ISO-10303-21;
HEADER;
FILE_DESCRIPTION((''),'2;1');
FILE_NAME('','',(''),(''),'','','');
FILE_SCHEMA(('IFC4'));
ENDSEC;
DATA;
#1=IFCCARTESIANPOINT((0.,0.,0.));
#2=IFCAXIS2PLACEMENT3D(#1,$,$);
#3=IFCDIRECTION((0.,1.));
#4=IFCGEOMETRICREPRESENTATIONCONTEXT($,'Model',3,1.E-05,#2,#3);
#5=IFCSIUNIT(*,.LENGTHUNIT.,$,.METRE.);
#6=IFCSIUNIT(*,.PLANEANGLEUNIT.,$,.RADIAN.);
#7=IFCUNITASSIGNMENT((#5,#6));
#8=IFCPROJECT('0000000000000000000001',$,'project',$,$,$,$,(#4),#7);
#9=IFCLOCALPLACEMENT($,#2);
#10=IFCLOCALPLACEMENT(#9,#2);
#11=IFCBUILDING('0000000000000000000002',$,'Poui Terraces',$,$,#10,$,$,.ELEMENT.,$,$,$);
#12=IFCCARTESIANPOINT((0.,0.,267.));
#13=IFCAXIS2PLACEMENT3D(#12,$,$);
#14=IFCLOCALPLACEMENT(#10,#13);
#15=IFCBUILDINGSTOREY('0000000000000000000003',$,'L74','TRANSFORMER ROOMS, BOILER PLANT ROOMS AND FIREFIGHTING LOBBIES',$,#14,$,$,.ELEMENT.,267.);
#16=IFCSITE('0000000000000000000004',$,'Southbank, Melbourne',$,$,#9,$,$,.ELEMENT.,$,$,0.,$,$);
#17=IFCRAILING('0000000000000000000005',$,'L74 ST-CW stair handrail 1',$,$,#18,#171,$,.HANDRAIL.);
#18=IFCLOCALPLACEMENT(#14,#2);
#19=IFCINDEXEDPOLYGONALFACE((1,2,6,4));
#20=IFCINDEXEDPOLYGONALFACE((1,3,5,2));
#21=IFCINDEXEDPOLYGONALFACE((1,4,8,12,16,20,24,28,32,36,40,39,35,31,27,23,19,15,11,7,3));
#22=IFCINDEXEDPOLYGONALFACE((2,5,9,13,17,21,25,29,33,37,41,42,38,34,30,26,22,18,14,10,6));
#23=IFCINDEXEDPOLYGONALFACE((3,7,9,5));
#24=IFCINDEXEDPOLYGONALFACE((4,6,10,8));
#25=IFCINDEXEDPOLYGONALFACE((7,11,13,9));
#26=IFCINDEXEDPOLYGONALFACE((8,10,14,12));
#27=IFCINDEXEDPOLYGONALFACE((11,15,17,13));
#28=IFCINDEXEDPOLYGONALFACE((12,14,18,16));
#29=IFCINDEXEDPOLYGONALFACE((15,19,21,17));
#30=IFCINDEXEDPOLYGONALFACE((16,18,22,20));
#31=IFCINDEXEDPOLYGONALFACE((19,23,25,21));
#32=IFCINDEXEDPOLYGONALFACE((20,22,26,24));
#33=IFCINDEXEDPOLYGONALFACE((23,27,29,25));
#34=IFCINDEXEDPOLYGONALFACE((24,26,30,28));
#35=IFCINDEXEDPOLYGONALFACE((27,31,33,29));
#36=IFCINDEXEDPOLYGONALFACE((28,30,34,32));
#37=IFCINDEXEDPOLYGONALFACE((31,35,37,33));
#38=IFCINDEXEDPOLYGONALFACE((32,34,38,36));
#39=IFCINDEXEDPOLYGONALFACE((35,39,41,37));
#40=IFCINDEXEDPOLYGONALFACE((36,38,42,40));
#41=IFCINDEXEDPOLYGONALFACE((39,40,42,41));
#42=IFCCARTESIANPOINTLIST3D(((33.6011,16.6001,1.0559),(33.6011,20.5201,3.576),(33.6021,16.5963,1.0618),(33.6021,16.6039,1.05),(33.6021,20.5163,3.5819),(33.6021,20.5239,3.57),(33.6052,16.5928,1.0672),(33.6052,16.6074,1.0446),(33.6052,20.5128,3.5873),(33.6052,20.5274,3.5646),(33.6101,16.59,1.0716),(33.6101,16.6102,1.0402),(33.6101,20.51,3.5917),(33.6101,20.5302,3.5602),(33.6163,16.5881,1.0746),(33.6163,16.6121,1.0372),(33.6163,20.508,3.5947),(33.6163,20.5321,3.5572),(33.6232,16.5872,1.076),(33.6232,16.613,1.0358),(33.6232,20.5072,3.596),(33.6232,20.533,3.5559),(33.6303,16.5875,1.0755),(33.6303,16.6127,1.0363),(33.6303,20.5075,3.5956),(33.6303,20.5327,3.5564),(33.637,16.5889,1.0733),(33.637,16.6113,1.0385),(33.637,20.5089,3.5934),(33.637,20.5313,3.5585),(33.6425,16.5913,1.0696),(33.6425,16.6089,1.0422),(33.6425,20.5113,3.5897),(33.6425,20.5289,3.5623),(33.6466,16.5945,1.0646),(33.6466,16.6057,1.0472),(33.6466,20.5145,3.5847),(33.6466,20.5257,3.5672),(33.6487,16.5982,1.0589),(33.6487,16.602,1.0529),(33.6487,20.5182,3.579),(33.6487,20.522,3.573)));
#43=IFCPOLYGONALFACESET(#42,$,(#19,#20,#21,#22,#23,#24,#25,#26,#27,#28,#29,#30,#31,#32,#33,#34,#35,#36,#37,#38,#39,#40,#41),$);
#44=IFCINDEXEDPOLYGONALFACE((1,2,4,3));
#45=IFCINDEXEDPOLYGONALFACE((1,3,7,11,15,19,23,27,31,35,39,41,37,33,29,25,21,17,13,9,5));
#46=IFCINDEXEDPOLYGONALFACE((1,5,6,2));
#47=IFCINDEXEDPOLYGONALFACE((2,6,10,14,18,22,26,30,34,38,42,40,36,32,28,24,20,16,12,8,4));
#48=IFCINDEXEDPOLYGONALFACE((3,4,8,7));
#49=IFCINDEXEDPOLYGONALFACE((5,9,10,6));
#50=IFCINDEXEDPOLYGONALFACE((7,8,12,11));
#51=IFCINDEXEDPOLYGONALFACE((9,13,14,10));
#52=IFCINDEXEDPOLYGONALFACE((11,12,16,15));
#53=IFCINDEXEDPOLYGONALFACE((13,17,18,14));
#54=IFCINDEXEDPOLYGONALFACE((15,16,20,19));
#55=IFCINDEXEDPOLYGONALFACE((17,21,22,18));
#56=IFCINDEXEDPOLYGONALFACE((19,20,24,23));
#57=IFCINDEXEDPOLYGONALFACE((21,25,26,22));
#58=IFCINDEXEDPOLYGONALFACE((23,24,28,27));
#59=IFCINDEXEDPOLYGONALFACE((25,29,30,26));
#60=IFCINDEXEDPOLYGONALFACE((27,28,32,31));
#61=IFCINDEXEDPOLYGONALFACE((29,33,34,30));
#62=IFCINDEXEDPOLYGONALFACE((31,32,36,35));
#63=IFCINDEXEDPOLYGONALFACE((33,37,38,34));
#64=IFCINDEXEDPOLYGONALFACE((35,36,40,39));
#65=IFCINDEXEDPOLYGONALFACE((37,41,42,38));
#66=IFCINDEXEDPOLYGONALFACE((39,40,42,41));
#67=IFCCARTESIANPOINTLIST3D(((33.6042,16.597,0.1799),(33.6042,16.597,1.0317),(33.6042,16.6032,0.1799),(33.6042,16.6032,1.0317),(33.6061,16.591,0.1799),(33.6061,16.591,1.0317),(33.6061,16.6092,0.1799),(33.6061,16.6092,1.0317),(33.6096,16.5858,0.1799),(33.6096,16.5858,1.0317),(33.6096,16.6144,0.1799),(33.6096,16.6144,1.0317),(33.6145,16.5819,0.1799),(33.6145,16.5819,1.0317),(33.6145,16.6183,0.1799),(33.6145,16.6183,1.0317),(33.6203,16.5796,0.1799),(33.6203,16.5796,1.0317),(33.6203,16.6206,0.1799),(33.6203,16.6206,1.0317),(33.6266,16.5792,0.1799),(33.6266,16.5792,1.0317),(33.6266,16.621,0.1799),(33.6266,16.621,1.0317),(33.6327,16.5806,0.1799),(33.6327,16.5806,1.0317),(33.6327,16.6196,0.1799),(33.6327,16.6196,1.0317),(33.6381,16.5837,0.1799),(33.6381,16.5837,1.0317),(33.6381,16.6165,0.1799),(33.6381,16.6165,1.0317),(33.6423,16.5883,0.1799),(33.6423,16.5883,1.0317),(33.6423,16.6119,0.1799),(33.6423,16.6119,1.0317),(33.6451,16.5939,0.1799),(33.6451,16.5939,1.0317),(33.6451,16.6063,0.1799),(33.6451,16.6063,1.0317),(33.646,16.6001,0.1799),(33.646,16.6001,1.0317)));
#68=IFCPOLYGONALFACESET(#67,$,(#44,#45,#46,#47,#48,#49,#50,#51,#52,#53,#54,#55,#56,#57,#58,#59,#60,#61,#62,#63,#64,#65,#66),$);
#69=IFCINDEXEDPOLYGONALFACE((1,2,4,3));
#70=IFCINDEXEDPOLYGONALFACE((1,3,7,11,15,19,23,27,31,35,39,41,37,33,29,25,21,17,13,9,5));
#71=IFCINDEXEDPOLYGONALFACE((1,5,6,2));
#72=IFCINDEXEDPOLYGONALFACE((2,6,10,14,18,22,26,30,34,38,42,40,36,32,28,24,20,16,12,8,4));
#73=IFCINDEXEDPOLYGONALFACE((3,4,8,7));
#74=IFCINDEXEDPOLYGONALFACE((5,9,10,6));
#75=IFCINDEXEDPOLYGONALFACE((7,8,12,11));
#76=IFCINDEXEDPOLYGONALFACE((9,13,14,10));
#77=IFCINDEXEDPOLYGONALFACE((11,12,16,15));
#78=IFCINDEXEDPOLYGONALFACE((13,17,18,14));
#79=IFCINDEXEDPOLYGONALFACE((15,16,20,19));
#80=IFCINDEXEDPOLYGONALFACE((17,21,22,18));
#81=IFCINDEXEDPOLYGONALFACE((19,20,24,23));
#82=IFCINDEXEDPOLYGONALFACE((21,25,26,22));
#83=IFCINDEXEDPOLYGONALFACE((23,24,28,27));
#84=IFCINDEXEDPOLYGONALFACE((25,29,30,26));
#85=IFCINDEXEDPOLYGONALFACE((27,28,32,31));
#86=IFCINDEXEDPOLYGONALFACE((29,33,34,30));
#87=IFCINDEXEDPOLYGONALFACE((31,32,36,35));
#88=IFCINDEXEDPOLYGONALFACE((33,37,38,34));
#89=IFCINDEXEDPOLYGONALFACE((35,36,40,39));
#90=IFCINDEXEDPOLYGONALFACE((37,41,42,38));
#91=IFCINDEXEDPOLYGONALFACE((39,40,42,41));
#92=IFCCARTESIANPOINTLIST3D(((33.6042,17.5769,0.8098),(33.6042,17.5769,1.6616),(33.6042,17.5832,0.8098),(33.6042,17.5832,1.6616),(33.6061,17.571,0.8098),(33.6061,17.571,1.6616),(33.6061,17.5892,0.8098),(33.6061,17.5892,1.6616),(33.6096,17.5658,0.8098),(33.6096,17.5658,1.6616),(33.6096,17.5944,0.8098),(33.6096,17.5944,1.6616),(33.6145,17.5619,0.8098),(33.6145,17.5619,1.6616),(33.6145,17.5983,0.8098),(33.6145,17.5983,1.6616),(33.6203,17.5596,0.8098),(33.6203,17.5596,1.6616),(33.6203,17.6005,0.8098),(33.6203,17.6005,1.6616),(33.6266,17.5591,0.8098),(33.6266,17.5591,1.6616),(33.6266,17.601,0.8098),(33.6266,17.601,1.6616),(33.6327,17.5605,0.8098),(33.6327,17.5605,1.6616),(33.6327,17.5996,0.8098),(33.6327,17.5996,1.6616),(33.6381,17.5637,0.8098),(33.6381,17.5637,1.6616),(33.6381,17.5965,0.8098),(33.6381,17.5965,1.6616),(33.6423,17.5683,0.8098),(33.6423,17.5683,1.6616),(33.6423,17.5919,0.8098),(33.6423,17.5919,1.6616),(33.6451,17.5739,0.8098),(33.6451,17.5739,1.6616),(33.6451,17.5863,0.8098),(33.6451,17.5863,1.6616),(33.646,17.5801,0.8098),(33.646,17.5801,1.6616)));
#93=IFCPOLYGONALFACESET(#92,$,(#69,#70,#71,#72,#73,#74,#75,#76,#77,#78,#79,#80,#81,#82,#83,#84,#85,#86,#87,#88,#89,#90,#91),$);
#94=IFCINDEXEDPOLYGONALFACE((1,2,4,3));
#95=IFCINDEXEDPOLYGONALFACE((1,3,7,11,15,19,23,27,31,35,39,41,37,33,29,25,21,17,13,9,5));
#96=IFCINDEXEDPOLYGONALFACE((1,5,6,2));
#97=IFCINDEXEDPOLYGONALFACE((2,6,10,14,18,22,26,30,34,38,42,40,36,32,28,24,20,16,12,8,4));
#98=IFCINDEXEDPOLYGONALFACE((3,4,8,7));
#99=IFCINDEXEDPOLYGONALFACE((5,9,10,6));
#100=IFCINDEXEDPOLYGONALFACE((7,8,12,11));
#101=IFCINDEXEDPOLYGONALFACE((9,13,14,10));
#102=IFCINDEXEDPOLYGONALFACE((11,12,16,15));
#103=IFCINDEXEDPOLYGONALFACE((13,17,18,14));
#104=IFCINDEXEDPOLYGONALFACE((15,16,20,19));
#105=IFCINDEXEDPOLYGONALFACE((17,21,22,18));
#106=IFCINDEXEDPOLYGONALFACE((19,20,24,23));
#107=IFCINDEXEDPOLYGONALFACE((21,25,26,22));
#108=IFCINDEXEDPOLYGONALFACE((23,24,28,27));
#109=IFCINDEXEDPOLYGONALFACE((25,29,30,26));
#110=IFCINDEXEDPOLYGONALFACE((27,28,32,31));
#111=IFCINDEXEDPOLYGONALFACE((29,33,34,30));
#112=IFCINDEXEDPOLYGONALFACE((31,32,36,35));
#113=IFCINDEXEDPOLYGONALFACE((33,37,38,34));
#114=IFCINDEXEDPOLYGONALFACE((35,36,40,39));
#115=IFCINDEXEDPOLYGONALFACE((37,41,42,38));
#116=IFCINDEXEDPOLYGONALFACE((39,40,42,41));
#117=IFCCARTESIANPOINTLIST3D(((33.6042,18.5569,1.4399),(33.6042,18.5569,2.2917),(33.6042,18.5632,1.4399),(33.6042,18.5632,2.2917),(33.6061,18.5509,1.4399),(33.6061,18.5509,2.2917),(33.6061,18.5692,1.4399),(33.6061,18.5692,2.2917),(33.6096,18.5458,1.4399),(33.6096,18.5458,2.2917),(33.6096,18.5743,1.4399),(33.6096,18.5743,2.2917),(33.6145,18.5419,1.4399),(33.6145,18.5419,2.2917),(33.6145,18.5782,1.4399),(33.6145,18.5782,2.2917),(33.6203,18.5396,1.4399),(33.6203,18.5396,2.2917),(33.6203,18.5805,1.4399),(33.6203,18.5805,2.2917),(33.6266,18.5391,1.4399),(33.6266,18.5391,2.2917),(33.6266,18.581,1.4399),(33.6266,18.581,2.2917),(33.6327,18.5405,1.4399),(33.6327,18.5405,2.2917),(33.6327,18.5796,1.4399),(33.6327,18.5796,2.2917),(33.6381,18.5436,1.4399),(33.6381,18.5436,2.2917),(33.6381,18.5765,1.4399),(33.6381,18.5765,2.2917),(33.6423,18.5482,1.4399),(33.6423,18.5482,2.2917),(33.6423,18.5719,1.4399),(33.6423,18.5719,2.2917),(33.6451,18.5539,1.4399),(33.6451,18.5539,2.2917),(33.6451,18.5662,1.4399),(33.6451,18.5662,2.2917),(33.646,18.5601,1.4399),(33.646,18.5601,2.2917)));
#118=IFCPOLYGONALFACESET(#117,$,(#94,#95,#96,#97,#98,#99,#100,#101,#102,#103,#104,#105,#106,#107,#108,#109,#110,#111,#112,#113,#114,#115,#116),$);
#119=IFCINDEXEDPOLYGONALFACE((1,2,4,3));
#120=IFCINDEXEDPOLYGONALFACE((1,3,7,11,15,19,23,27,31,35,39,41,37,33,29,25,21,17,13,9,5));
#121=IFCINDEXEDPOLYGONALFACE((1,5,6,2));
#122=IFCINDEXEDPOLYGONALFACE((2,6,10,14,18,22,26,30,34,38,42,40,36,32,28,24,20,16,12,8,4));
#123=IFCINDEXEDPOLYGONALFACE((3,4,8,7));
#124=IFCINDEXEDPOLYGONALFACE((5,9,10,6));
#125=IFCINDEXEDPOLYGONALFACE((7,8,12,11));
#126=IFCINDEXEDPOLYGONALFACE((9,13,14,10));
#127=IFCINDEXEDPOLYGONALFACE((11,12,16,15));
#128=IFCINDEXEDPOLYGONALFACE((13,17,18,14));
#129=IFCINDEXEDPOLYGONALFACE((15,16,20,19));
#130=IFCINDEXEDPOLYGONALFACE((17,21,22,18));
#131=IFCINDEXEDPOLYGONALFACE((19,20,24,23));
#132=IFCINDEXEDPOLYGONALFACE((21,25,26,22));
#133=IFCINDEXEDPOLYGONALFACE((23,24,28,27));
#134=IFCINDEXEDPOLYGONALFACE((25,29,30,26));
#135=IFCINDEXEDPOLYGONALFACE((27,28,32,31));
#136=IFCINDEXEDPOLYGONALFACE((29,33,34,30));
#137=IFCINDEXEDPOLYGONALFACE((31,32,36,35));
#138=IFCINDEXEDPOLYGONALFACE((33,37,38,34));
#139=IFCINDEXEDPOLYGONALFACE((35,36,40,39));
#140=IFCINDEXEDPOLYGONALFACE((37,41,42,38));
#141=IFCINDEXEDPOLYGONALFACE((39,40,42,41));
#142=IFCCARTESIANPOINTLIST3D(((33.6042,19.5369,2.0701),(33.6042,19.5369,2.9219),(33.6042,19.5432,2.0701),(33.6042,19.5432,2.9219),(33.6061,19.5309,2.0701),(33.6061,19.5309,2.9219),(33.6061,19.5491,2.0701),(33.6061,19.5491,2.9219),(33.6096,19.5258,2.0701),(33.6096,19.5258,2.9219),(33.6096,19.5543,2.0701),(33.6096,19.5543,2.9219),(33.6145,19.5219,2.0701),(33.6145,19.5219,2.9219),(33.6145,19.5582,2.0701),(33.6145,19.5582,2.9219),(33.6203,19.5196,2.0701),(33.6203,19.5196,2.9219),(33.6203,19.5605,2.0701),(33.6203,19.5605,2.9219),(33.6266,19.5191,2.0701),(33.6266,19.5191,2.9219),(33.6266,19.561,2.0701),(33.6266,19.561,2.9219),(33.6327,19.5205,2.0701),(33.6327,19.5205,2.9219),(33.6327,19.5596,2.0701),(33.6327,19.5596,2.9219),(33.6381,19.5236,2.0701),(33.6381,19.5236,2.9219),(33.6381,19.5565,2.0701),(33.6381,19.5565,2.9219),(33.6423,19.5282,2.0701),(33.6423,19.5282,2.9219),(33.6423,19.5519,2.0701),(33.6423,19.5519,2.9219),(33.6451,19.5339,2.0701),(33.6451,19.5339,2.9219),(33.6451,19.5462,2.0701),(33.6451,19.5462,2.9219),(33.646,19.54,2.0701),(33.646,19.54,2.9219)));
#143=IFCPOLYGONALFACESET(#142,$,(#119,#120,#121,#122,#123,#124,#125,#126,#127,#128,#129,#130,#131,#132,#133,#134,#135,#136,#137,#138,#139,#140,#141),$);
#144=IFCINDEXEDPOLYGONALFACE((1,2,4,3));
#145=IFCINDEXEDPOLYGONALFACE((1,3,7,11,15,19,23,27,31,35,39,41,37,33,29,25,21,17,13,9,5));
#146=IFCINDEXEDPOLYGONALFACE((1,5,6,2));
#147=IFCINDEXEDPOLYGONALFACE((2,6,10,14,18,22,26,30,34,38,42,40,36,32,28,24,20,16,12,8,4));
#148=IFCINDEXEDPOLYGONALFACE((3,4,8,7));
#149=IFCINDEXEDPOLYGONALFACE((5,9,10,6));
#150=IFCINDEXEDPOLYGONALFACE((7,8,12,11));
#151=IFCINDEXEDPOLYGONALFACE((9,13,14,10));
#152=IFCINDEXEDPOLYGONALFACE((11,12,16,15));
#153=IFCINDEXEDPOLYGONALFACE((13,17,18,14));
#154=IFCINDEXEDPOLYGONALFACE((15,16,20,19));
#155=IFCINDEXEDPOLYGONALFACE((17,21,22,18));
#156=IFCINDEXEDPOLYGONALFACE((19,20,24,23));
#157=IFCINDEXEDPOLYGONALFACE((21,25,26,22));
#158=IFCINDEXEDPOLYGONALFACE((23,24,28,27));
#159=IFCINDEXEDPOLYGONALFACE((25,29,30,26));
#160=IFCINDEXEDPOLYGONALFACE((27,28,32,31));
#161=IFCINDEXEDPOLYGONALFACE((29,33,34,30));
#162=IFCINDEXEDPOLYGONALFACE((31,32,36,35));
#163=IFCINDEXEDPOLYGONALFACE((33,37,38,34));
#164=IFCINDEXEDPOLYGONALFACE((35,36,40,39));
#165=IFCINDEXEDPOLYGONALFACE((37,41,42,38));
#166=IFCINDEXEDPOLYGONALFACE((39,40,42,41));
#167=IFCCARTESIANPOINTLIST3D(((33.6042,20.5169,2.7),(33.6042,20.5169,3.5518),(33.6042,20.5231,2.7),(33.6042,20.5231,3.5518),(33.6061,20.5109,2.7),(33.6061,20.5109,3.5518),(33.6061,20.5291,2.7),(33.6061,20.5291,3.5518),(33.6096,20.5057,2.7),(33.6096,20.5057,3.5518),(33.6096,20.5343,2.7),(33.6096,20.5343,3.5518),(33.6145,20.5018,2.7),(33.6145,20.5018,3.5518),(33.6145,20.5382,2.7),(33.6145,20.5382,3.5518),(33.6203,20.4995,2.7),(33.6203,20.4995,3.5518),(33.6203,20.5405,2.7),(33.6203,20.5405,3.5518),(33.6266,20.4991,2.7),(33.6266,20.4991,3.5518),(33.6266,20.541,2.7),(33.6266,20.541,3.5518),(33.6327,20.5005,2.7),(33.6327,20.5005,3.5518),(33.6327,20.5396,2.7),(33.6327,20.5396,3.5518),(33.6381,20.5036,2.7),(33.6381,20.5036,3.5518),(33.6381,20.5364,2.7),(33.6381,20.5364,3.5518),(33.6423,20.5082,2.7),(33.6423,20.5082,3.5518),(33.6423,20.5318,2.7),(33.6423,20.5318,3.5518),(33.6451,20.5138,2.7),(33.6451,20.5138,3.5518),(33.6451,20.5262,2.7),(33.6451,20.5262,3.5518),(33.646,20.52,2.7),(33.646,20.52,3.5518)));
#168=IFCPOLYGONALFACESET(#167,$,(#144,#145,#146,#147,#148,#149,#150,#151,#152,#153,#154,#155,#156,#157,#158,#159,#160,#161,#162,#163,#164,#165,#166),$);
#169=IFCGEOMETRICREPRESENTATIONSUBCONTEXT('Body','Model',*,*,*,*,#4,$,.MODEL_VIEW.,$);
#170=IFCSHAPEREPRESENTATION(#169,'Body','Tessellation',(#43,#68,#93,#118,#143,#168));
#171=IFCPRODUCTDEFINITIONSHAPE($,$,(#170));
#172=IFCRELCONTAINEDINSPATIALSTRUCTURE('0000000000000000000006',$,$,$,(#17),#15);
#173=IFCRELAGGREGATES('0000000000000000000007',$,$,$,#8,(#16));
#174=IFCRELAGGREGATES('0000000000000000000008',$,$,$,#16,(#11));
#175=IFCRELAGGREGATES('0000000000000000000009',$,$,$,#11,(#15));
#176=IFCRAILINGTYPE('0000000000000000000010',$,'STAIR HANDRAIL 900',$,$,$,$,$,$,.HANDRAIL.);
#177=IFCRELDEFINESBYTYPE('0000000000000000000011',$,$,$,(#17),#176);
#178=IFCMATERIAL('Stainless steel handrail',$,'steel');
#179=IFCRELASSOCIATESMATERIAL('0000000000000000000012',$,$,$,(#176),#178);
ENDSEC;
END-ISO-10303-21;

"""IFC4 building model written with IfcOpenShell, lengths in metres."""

from ifc_helpers import new_model, si_unit, direction, frame, origin, origin_2d, place, context, subcontext, project, spatial, circle, extrude, material, type_object, element, save


model = new_model("IFC4")

# Units and contexts
model_context = context("Model", 3, precision=1e-05, world=origin(), true_north=direction((0.0, 1.0)))
body_context = subcontext(model_context, "Body", "Model", "MODEL_VIEW")
ifc_project = project(units=[si_unit("LENGTHUNIT", "METRE"), si_unit("PLANEANGLEUNIT", "RADIAN")], contexts=[model_context])

# Site, building, storey
site_placement = place(None, origin())
site = spatial("IfcSite", under=ifc_project, at=site_placement, Name="Southbank, Melbourne", CompositionType="ELEMENT", RefElevation=0.0)
building_placement = place(site_placement, origin())
building = spatial("IfcBuilding", under=site, at=building_placement, Name="Poui Terraces", CompositionType="ELEMENT")
storey_placement = place(building_placement, frame((0.0, 0.0, 267.0)))
storey = spatial("IfcBuildingStorey", under=building, at=storey_placement, Name="L74", Description="TRANSFORMER ROOMS, BOILER PLANT ROOMS AND FIREFIGHTING LOBBIES", CompositionType="ELEMENT", Elevation=267.0)

# Railing
ifc_material_1 = material(Name="Stainless steel handrail", Category="steel")
railing_type_1 = type_object("IfcRailingType", Name="STAIR HANDRAIL 900", PredefinedType="HANDRAIL", material=ifc_material_1)
railing_1_placement = place(storey_placement, frame((33.625, 16.6001, 0.1799)))
element("IfcRailing", 1, at=railing_1_placement, inside=storey, type_object=railing_type_1, Name="L74 ST-CW stair handrail 1", PredefinedType="HANDRAIL", context=body_context, shape_type="SweptSolid", body=[
    extrude(circle(Radius=0.0239, at=origin_2d()), frame((0.0, 0.0, 0.876), z_axis=(0.0, 0.841172, 0.540768), x_axis=(-1.0, 0.0, 0.0)), (0.0, 0.0, 1.0), 4.6602),
    extrude(circle(Radius=0.021, at=origin_2d()), origin(), (0.0, 0.0, 1.0), 0.8518),
    extrude(circle(Radius=0.021, at=origin_2d()), frame((0.0, 0.98, 0.6299)), (0.0, 0.0, 1.0), 0.8518),
    extrude(circle(Radius=0.021, at=origin_2d()), frame((0.0, 1.96, 1.26)), (0.0, 0.0, 1.0), 0.8518),
    extrude(circle(Radius=0.021, at=origin_2d()), frame((0.0, 2.9399, 1.8901)), (0.0, 0.0, 1.0), 0.8518),
    extrude(circle(Radius=0.021, at=origin_2d()), frame((0.0, 3.9199, 2.52)), (0.0, 0.0, 1.0), 0.8518),
])

save(model, "model.ifc")
